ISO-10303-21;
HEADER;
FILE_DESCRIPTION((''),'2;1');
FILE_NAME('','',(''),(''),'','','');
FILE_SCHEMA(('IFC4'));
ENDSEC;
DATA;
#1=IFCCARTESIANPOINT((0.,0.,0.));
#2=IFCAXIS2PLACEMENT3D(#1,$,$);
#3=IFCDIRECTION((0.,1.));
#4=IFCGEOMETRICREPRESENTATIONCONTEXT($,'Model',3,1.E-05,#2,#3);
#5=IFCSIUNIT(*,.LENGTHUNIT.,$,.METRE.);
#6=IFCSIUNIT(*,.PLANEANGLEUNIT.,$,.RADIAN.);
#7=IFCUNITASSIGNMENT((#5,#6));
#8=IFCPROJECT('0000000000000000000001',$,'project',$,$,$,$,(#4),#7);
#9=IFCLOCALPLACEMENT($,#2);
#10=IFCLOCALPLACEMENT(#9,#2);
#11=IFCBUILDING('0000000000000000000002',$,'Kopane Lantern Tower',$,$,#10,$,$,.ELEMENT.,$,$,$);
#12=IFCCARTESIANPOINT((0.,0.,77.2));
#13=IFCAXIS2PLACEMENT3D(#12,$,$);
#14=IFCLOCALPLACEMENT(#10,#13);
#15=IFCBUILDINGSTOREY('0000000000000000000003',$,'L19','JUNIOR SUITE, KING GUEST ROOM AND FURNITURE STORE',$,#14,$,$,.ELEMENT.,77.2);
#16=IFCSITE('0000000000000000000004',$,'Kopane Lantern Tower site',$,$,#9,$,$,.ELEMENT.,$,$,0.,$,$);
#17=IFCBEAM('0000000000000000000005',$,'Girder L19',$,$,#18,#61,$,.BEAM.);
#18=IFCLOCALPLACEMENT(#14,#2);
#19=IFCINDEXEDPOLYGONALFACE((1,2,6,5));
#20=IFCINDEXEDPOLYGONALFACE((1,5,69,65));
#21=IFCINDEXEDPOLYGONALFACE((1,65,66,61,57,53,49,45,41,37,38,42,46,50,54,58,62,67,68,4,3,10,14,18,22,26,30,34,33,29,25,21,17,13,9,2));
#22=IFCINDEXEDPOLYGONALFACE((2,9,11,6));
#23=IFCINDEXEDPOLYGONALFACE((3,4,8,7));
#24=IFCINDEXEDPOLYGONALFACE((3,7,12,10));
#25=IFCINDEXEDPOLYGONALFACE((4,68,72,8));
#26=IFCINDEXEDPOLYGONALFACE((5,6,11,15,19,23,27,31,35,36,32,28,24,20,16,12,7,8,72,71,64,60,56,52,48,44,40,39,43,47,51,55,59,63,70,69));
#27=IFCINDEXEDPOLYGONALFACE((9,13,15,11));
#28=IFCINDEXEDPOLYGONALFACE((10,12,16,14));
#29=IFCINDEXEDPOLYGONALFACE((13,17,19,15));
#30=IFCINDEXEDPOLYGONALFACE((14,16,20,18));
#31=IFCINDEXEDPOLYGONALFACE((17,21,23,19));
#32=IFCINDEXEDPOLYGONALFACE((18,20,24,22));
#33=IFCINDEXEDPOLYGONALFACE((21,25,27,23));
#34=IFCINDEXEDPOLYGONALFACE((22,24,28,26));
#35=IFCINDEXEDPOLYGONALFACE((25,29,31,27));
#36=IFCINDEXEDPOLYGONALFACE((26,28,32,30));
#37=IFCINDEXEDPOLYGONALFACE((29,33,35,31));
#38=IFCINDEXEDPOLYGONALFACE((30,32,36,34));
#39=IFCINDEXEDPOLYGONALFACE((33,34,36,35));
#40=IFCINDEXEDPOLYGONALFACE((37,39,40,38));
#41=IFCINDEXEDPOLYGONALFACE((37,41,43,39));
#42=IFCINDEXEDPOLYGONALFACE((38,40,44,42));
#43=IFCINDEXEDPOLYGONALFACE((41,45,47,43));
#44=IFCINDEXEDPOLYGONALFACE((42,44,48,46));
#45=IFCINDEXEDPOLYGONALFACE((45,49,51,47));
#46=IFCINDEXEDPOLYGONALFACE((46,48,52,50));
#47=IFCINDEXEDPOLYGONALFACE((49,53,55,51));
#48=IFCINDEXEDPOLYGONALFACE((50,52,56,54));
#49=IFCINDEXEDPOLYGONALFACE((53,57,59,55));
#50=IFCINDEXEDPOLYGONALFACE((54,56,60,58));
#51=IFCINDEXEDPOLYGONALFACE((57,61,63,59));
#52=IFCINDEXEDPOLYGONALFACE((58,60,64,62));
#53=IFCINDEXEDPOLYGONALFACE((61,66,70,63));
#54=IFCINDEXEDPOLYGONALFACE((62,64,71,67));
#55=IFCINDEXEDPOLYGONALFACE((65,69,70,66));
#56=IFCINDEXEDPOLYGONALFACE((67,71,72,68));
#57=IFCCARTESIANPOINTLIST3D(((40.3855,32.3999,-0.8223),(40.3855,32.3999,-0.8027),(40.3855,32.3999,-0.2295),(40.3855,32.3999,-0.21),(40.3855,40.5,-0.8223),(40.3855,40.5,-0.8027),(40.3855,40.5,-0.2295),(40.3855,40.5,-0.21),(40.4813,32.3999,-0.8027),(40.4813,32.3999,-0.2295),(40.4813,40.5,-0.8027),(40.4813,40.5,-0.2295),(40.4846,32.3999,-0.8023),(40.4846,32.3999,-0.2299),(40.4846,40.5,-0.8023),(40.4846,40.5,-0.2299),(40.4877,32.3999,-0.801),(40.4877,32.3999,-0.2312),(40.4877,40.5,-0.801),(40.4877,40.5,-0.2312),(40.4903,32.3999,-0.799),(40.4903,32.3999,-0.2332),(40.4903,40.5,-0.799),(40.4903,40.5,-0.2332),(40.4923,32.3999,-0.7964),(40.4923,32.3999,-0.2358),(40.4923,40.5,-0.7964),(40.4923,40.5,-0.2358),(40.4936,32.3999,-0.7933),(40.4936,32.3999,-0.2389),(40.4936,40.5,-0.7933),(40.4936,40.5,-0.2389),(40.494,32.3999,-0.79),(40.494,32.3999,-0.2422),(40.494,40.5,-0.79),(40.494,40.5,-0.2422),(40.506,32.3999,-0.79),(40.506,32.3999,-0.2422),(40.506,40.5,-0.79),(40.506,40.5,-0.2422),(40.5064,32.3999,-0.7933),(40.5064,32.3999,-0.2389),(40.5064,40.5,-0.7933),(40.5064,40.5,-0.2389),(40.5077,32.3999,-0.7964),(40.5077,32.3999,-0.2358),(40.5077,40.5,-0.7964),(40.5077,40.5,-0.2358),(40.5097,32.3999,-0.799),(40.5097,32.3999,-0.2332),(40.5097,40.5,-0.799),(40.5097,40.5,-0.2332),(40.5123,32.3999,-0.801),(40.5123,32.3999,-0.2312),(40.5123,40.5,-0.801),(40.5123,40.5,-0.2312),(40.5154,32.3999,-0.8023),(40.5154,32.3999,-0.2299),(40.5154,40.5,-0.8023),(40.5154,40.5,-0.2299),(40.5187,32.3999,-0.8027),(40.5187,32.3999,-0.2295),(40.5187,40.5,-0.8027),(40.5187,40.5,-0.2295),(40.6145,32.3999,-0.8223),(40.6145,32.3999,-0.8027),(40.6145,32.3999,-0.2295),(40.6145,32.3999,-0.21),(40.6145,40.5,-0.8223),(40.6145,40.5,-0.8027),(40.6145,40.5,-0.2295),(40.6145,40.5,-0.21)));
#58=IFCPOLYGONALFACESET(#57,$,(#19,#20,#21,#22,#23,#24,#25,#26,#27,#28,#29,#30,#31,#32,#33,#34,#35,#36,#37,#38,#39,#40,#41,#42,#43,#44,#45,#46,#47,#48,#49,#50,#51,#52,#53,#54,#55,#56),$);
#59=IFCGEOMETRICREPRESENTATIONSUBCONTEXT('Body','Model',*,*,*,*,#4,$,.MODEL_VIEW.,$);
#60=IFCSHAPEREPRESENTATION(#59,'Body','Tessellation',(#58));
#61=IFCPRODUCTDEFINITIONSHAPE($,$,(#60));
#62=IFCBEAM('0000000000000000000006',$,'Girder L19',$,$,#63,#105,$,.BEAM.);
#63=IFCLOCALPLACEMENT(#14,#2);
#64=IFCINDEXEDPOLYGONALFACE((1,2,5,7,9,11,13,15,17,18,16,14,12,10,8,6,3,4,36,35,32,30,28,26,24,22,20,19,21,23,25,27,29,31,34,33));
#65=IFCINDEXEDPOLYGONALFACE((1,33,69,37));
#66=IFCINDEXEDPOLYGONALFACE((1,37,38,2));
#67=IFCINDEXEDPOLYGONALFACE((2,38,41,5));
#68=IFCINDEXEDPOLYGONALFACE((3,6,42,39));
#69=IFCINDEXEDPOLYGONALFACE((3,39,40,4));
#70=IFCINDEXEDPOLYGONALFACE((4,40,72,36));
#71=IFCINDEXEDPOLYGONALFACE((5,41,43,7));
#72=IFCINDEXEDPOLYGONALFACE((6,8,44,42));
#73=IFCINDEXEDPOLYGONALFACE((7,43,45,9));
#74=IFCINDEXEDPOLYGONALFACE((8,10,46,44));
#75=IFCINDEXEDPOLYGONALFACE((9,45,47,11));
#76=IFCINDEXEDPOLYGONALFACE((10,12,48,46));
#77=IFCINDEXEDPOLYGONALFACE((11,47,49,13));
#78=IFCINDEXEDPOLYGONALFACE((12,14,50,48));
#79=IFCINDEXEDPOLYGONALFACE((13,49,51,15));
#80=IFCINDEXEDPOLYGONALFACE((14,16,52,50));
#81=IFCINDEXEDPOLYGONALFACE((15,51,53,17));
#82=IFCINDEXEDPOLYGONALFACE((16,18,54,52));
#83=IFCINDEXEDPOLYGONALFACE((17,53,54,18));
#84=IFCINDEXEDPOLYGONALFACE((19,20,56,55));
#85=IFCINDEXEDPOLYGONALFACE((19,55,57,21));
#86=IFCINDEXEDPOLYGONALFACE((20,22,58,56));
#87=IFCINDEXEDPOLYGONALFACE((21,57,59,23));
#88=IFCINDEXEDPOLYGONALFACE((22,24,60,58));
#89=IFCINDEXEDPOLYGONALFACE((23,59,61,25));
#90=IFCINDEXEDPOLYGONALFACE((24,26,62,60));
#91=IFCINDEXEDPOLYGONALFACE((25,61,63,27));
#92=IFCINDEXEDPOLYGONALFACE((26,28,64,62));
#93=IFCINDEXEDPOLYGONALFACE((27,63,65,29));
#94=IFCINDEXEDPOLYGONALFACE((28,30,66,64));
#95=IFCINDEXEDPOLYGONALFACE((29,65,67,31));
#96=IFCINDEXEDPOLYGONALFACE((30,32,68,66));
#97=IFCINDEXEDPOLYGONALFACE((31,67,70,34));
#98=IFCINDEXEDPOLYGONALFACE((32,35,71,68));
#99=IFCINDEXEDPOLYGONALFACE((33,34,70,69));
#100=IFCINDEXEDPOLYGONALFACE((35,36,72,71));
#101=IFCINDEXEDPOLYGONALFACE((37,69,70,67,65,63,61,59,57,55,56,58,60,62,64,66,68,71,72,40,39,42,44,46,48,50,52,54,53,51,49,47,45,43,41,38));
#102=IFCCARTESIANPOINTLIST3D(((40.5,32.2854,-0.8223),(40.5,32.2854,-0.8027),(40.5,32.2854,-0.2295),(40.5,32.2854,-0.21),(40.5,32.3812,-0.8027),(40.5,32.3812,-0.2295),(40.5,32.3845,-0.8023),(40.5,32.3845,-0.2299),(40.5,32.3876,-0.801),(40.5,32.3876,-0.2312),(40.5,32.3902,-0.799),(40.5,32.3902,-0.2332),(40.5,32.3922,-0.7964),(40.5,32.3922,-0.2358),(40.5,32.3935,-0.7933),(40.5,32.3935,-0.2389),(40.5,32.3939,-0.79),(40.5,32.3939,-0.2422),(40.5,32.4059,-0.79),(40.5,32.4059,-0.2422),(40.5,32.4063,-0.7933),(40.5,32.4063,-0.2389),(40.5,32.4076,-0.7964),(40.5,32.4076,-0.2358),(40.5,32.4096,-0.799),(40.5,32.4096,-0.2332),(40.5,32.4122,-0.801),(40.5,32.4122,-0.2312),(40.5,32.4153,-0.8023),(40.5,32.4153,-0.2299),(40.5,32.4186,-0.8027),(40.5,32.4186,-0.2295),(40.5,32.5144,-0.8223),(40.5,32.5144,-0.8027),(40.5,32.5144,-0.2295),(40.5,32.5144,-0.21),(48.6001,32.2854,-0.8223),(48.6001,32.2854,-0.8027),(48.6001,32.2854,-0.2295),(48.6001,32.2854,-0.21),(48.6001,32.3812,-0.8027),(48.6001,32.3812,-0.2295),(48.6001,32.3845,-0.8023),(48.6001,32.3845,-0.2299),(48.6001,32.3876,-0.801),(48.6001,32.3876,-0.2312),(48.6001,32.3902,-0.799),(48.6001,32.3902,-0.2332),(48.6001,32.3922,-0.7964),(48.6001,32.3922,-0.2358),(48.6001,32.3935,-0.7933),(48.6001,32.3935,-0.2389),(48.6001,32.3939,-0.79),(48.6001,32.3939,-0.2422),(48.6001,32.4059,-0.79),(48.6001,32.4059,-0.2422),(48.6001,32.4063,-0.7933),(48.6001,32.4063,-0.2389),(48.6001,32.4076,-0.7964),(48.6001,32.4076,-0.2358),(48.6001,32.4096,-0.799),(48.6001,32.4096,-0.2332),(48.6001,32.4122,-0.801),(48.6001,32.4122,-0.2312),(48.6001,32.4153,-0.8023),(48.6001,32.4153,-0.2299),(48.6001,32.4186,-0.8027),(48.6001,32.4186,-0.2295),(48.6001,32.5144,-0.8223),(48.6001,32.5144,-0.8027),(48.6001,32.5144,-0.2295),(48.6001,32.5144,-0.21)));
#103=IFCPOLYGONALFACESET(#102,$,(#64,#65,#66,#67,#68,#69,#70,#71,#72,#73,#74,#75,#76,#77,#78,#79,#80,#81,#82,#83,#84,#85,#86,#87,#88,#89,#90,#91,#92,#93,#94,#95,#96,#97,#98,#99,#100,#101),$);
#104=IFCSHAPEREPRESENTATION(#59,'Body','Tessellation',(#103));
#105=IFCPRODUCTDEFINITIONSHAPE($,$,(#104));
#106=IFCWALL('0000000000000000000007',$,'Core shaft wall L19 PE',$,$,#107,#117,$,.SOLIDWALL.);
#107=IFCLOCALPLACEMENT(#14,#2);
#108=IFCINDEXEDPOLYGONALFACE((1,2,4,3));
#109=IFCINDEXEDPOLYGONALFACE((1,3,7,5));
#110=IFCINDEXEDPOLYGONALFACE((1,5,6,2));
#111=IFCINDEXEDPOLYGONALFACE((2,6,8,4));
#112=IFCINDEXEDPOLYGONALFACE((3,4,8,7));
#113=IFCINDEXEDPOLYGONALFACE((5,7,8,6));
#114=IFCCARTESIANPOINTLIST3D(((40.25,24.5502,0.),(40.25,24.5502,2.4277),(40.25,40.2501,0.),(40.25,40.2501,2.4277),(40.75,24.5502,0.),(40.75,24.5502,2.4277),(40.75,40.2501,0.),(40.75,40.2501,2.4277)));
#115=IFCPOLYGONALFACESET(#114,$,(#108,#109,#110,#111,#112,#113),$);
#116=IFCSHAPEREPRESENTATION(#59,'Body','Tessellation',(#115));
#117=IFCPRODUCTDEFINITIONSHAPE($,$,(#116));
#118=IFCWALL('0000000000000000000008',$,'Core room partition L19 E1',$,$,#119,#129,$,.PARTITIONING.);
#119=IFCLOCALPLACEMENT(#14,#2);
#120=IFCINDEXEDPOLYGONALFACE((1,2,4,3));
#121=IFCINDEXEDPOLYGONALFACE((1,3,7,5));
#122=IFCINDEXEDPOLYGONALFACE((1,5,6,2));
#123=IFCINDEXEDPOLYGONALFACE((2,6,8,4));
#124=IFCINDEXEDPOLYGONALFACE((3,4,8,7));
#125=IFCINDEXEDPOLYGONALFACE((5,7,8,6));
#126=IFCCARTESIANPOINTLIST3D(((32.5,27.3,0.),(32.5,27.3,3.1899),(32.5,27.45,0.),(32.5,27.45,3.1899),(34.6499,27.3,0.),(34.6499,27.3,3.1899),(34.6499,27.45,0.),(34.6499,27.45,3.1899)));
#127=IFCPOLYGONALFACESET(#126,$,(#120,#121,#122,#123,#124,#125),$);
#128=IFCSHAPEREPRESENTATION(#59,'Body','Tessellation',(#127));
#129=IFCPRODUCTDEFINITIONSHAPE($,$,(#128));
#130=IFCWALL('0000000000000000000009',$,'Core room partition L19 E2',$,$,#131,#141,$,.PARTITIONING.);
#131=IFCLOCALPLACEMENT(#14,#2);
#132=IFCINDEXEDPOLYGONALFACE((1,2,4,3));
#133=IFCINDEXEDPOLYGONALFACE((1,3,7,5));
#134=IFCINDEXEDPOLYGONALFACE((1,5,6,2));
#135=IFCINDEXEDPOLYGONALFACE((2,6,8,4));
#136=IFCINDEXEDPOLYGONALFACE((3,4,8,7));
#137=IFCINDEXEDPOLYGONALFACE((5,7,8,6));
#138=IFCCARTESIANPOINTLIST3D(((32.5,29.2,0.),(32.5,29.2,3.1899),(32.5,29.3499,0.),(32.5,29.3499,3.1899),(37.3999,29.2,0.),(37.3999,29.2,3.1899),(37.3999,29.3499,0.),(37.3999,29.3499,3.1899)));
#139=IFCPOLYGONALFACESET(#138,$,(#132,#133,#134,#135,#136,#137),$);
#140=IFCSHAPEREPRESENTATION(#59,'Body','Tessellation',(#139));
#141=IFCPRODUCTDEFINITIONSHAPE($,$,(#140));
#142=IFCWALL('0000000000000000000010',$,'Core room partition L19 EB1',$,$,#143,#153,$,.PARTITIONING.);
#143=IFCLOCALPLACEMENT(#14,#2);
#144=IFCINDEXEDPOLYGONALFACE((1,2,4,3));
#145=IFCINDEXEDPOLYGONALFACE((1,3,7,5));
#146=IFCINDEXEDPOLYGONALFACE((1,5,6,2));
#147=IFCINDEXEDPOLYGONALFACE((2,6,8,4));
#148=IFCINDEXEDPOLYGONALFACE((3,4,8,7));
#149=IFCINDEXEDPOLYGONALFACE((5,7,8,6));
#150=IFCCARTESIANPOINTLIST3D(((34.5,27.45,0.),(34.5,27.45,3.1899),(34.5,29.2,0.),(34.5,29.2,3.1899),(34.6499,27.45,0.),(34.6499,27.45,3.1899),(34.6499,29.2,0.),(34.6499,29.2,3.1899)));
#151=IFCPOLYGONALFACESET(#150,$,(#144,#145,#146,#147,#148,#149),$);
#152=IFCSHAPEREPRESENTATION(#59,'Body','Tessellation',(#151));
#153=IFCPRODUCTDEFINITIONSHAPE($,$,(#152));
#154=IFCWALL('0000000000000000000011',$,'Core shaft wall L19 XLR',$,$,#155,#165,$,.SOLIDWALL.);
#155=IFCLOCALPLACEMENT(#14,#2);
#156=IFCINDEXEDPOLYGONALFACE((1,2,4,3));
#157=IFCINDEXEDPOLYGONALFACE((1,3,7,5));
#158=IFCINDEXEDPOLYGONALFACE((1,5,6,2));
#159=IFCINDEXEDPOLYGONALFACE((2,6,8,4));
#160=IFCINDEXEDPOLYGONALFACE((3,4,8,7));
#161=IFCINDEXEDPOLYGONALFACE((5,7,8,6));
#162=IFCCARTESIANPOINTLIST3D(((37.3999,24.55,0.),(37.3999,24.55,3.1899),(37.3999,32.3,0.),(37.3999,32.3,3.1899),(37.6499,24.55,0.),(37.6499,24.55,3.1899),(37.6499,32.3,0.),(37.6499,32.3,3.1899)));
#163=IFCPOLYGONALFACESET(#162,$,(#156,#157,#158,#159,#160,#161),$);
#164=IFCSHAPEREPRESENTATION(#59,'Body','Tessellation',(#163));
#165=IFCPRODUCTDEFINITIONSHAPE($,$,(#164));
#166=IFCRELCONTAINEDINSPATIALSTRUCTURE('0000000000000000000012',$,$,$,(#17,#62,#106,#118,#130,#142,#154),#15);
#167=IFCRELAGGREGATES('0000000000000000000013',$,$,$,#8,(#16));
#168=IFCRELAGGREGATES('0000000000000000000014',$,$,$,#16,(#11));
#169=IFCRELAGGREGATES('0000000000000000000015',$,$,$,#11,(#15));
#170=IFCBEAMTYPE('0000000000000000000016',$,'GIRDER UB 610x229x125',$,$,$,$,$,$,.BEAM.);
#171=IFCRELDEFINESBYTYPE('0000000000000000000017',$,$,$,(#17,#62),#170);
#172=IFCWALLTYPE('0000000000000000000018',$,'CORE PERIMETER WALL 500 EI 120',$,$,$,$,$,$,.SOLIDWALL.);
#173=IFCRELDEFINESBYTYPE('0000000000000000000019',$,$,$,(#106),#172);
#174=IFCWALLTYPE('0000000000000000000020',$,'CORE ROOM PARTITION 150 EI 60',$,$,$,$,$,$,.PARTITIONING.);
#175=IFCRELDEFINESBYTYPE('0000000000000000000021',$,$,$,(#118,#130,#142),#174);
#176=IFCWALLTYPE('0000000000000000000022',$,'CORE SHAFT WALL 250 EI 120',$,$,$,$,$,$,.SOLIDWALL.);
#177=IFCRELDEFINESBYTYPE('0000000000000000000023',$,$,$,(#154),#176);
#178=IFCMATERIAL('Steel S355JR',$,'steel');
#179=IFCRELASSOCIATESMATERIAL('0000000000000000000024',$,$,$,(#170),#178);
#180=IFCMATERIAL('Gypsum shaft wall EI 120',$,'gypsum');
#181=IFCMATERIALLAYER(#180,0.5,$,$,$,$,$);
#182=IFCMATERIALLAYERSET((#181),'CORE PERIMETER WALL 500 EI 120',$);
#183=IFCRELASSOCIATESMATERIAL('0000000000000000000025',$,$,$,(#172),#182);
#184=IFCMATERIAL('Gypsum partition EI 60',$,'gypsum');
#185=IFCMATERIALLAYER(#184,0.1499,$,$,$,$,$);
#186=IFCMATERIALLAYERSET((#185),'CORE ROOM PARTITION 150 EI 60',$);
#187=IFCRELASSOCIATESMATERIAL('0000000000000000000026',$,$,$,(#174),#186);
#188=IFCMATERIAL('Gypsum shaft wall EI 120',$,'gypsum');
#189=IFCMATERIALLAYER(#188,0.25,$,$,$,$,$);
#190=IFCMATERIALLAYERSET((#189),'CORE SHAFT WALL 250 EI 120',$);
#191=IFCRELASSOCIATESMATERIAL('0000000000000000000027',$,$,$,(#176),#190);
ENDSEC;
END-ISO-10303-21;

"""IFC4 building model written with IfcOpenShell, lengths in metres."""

from ifc_helpers import new_model, si_unit, direction, frame, frame_2d, origin, origin_2d, place, context, subcontext, project, spatial, rectangle, i_section, extrude, material, layer, layer_set, material_profile, profile_set, type_object, element, save


model = new_model("IFC4")

# Units and contexts
model_context = context("Model", 3, precision=1e-05, world=origin(), true_north=direction((0.0, 1.0)))
body_context = subcontext(model_context, "Body", "Model", "MODEL_VIEW")
ifc_project = project(units=[si_unit("LENGTHUNIT", "METRE"), si_unit("PLANEANGLEUNIT", "RADIAN")], contexts=[model_context])

# Site, building, storey
site_placement = place(None, origin())
site = spatial("IfcSite", under=ifc_project, at=site_placement, Name="Kopane Lantern Tower site", CompositionType="ELEMENT", RefElevation=0.0)
building_placement = place(site_placement, origin())
building = spatial("IfcBuilding", under=site, at=building_placement, Name="Kopane Lantern Tower", CompositionType="ELEMENT")
storey_placement = place(building_placement, frame((0.0, 0.0, 77.2)))
storey = spatial("IfcBuildingStorey", under=building, at=storey_placement, Name="L19", Description="JUNIOR SUITE, KING GUEST ROOM AND FURNITURE STORE", CompositionType="ELEMENT", Elevation=77.2)

# Beams
ifc_material_1 = material(Name="Steel S355JR", Category="steel")
ifc_material_profile_1 = material_profile(ifc_material_1, i_section(OverallWidth=0.229, OverallDepth=0.6123, WebThickness=0.012, FlangeThickness=0.0195, FilletRadius=0.0127, at=origin_2d()), Name="UB 610x229x125")
ifc_profile_set_1 = profile_set([ifc_material_profile_1], Name="Steel S355JR")
beam_type_1 = type_object("IfcBeamType", Name="GIRDER UB 610x229x125", PredefinedType="BEAM", material=ifc_profile_set_1)
for number, where, z_axis, x_axis, name in (
    (1, (40.5, 32.3999, -0.5161), (0.0, 1.0, 0.0), (-1.0, 0.0, 0.0), "Girder L19"),
    (2, (40.5, 32.3999, -0.5161), (1.0, 0.0, 0.0), (0.0, 1.0, 0.0), "Girder L19"),
):
    element("IfcBeam", number, at=place(storey_placement, frame(where, z_axis=z_axis, x_axis=x_axis)), inside=storey, type_object=beam_type_1, Name=name, PredefinedType="BEAM", context=body_context, shape_type="SweptSolid", body=[
        extrude(i_section(OverallWidth=0.229, OverallDepth=0.6123, WebThickness=0.012, FlangeThickness=0.0195, FilletRadius=0.0127, at=origin_2d()), origin(), (0.0, 0.0, 1.0), 8.1001),
    ])

# Walls
ifc_material_2 = material(Name="Gypsum shaft wall EI 120", Category="gypsum")
ifc_layer_1 = layer(ifc_material_2, 0.5)
ifc_layer_set_1 = layer_set([ifc_layer_1], Name="CORE PERIMETER WALL 500 EI 120")
wall_type_1 = type_object("IfcWallType", Name="CORE PERIMETER WALL 500 EI 120", PredefinedType="SOLIDWALL", material=ifc_layer_set_1)
wall_1_placement = place(storey_placement, frame((40.5, 24.55, 0.0), z_axis=(0.0, 0.0, 1.0), x_axis=(0.0, 1.0, 0.0)))
element("IfcWall", 3, at=wall_1_placement, inside=storey, type_object=wall_type_1, Name="Core shaft wall L19 PE", PredefinedType="SOLIDWALL", context=body_context, shape_type="SweptSolid", body=[
    extrude(rectangle(XDim=15.7, YDim=0.5, at=frame_2d((7.8501, 0.0))), origin(), (0.0, 0.0, 1.0), 2.4277),
])
ifc_material_3 = material(Name="Gypsum partition EI 60", Category="gypsum")
ifc_layer_2 = layer(ifc_material_3, 0.1499)
ifc_layer_set_2 = layer_set([ifc_layer_2], Name="CORE ROOM PARTITION 150 EI 60")
wall_type_2 = type_object("IfcWallType", Name="CORE ROOM PARTITION 150 EI 60", PredefinedType="PARTITIONING", material=ifc_layer_set_2)
wall_2_placement = place(storey_placement, frame((32.5, 27.375, 0.0), z_axis=(0.0, 0.0, 1.0), x_axis=(1.0, 0.0, 0.0)))
element("IfcWall", 4, at=wall_2_placement, inside=storey, type_object=wall_type_2, Name="Core room partition L19 E1", PredefinedType="PARTITIONING", context=body_context, shape_type="SweptSolid", body=[
    extrude(rectangle(XDim=2.1499, YDim=0.1499, at=frame_2d((1.075, 0.0))), origin(), (0.0, 0.0, 1.0), 3.1899),
])
wall_3_placement = place(storey_placement, frame((32.5, 29.2749, 0.0), z_axis=(0.0, 0.0, 1.0), x_axis=(1.0, 0.0, 0.0)))
element("IfcWall", 5, at=wall_3_placement, inside=storey, type_object=wall_type_2, Name="Core room partition L19 E2", PredefinedType="PARTITIONING", context=body_context, shape_type="SweptSolid", body=[
    extrude(rectangle(XDim=4.8999, YDim=0.1499, at=frame_2d((2.45, 0.0))), origin(), (0.0, 0.0, 1.0), 3.1899),
])
wall_4_placement = place(storey_placement, frame((34.575, 27.45, 0.0), z_axis=(0.0, 0.0, 1.0), x_axis=(0.0, 1.0, 0.0)))
element("IfcWall", 6, at=wall_4_placement, inside=storey, type_object=wall_type_2, Name="Core room partition L19 EB1", PredefinedType="PARTITIONING", context=body_context, shape_type="SweptSolid", body=[
    extrude(rectangle(XDim=1.75, YDim=0.1499, at=frame_2d((0.875, 0.0))), origin(), (0.0, 0.0, 1.0), 3.1899),
])
ifc_material_4 = material(Name="Gypsum shaft wall EI 120", Category="gypsum")
ifc_layer_3 = layer(ifc_material_4, 0.25)
ifc_layer_set_3 = layer_set([ifc_layer_3], Name="CORE SHAFT WALL 250 EI 120")
wall_type_3 = type_object("IfcWallType", Name="CORE SHAFT WALL 250 EI 120", PredefinedType="SOLIDWALL", material=ifc_layer_set_3)
wall_5_placement = place(storey_placement, frame((37.5249, 24.55, 0.0), z_axis=(0.0, 0.0, 1.0), x_axis=(0.0, 1.0, 0.0)))
element("IfcWall", 7, at=wall_5_placement, inside=storey, type_object=wall_type_3, Name="Core shaft wall L19 XLR", PredefinedType="SOLIDWALL", context=body_context, shape_type="SweptSolid", body=[
    extrude(rectangle(XDim=7.75, YDim=0.25, at=frame_2d((3.875, 0.0))), origin(), (0.0, 0.0, 1.0), 3.1899),
])

save(model, "model.ifc")
